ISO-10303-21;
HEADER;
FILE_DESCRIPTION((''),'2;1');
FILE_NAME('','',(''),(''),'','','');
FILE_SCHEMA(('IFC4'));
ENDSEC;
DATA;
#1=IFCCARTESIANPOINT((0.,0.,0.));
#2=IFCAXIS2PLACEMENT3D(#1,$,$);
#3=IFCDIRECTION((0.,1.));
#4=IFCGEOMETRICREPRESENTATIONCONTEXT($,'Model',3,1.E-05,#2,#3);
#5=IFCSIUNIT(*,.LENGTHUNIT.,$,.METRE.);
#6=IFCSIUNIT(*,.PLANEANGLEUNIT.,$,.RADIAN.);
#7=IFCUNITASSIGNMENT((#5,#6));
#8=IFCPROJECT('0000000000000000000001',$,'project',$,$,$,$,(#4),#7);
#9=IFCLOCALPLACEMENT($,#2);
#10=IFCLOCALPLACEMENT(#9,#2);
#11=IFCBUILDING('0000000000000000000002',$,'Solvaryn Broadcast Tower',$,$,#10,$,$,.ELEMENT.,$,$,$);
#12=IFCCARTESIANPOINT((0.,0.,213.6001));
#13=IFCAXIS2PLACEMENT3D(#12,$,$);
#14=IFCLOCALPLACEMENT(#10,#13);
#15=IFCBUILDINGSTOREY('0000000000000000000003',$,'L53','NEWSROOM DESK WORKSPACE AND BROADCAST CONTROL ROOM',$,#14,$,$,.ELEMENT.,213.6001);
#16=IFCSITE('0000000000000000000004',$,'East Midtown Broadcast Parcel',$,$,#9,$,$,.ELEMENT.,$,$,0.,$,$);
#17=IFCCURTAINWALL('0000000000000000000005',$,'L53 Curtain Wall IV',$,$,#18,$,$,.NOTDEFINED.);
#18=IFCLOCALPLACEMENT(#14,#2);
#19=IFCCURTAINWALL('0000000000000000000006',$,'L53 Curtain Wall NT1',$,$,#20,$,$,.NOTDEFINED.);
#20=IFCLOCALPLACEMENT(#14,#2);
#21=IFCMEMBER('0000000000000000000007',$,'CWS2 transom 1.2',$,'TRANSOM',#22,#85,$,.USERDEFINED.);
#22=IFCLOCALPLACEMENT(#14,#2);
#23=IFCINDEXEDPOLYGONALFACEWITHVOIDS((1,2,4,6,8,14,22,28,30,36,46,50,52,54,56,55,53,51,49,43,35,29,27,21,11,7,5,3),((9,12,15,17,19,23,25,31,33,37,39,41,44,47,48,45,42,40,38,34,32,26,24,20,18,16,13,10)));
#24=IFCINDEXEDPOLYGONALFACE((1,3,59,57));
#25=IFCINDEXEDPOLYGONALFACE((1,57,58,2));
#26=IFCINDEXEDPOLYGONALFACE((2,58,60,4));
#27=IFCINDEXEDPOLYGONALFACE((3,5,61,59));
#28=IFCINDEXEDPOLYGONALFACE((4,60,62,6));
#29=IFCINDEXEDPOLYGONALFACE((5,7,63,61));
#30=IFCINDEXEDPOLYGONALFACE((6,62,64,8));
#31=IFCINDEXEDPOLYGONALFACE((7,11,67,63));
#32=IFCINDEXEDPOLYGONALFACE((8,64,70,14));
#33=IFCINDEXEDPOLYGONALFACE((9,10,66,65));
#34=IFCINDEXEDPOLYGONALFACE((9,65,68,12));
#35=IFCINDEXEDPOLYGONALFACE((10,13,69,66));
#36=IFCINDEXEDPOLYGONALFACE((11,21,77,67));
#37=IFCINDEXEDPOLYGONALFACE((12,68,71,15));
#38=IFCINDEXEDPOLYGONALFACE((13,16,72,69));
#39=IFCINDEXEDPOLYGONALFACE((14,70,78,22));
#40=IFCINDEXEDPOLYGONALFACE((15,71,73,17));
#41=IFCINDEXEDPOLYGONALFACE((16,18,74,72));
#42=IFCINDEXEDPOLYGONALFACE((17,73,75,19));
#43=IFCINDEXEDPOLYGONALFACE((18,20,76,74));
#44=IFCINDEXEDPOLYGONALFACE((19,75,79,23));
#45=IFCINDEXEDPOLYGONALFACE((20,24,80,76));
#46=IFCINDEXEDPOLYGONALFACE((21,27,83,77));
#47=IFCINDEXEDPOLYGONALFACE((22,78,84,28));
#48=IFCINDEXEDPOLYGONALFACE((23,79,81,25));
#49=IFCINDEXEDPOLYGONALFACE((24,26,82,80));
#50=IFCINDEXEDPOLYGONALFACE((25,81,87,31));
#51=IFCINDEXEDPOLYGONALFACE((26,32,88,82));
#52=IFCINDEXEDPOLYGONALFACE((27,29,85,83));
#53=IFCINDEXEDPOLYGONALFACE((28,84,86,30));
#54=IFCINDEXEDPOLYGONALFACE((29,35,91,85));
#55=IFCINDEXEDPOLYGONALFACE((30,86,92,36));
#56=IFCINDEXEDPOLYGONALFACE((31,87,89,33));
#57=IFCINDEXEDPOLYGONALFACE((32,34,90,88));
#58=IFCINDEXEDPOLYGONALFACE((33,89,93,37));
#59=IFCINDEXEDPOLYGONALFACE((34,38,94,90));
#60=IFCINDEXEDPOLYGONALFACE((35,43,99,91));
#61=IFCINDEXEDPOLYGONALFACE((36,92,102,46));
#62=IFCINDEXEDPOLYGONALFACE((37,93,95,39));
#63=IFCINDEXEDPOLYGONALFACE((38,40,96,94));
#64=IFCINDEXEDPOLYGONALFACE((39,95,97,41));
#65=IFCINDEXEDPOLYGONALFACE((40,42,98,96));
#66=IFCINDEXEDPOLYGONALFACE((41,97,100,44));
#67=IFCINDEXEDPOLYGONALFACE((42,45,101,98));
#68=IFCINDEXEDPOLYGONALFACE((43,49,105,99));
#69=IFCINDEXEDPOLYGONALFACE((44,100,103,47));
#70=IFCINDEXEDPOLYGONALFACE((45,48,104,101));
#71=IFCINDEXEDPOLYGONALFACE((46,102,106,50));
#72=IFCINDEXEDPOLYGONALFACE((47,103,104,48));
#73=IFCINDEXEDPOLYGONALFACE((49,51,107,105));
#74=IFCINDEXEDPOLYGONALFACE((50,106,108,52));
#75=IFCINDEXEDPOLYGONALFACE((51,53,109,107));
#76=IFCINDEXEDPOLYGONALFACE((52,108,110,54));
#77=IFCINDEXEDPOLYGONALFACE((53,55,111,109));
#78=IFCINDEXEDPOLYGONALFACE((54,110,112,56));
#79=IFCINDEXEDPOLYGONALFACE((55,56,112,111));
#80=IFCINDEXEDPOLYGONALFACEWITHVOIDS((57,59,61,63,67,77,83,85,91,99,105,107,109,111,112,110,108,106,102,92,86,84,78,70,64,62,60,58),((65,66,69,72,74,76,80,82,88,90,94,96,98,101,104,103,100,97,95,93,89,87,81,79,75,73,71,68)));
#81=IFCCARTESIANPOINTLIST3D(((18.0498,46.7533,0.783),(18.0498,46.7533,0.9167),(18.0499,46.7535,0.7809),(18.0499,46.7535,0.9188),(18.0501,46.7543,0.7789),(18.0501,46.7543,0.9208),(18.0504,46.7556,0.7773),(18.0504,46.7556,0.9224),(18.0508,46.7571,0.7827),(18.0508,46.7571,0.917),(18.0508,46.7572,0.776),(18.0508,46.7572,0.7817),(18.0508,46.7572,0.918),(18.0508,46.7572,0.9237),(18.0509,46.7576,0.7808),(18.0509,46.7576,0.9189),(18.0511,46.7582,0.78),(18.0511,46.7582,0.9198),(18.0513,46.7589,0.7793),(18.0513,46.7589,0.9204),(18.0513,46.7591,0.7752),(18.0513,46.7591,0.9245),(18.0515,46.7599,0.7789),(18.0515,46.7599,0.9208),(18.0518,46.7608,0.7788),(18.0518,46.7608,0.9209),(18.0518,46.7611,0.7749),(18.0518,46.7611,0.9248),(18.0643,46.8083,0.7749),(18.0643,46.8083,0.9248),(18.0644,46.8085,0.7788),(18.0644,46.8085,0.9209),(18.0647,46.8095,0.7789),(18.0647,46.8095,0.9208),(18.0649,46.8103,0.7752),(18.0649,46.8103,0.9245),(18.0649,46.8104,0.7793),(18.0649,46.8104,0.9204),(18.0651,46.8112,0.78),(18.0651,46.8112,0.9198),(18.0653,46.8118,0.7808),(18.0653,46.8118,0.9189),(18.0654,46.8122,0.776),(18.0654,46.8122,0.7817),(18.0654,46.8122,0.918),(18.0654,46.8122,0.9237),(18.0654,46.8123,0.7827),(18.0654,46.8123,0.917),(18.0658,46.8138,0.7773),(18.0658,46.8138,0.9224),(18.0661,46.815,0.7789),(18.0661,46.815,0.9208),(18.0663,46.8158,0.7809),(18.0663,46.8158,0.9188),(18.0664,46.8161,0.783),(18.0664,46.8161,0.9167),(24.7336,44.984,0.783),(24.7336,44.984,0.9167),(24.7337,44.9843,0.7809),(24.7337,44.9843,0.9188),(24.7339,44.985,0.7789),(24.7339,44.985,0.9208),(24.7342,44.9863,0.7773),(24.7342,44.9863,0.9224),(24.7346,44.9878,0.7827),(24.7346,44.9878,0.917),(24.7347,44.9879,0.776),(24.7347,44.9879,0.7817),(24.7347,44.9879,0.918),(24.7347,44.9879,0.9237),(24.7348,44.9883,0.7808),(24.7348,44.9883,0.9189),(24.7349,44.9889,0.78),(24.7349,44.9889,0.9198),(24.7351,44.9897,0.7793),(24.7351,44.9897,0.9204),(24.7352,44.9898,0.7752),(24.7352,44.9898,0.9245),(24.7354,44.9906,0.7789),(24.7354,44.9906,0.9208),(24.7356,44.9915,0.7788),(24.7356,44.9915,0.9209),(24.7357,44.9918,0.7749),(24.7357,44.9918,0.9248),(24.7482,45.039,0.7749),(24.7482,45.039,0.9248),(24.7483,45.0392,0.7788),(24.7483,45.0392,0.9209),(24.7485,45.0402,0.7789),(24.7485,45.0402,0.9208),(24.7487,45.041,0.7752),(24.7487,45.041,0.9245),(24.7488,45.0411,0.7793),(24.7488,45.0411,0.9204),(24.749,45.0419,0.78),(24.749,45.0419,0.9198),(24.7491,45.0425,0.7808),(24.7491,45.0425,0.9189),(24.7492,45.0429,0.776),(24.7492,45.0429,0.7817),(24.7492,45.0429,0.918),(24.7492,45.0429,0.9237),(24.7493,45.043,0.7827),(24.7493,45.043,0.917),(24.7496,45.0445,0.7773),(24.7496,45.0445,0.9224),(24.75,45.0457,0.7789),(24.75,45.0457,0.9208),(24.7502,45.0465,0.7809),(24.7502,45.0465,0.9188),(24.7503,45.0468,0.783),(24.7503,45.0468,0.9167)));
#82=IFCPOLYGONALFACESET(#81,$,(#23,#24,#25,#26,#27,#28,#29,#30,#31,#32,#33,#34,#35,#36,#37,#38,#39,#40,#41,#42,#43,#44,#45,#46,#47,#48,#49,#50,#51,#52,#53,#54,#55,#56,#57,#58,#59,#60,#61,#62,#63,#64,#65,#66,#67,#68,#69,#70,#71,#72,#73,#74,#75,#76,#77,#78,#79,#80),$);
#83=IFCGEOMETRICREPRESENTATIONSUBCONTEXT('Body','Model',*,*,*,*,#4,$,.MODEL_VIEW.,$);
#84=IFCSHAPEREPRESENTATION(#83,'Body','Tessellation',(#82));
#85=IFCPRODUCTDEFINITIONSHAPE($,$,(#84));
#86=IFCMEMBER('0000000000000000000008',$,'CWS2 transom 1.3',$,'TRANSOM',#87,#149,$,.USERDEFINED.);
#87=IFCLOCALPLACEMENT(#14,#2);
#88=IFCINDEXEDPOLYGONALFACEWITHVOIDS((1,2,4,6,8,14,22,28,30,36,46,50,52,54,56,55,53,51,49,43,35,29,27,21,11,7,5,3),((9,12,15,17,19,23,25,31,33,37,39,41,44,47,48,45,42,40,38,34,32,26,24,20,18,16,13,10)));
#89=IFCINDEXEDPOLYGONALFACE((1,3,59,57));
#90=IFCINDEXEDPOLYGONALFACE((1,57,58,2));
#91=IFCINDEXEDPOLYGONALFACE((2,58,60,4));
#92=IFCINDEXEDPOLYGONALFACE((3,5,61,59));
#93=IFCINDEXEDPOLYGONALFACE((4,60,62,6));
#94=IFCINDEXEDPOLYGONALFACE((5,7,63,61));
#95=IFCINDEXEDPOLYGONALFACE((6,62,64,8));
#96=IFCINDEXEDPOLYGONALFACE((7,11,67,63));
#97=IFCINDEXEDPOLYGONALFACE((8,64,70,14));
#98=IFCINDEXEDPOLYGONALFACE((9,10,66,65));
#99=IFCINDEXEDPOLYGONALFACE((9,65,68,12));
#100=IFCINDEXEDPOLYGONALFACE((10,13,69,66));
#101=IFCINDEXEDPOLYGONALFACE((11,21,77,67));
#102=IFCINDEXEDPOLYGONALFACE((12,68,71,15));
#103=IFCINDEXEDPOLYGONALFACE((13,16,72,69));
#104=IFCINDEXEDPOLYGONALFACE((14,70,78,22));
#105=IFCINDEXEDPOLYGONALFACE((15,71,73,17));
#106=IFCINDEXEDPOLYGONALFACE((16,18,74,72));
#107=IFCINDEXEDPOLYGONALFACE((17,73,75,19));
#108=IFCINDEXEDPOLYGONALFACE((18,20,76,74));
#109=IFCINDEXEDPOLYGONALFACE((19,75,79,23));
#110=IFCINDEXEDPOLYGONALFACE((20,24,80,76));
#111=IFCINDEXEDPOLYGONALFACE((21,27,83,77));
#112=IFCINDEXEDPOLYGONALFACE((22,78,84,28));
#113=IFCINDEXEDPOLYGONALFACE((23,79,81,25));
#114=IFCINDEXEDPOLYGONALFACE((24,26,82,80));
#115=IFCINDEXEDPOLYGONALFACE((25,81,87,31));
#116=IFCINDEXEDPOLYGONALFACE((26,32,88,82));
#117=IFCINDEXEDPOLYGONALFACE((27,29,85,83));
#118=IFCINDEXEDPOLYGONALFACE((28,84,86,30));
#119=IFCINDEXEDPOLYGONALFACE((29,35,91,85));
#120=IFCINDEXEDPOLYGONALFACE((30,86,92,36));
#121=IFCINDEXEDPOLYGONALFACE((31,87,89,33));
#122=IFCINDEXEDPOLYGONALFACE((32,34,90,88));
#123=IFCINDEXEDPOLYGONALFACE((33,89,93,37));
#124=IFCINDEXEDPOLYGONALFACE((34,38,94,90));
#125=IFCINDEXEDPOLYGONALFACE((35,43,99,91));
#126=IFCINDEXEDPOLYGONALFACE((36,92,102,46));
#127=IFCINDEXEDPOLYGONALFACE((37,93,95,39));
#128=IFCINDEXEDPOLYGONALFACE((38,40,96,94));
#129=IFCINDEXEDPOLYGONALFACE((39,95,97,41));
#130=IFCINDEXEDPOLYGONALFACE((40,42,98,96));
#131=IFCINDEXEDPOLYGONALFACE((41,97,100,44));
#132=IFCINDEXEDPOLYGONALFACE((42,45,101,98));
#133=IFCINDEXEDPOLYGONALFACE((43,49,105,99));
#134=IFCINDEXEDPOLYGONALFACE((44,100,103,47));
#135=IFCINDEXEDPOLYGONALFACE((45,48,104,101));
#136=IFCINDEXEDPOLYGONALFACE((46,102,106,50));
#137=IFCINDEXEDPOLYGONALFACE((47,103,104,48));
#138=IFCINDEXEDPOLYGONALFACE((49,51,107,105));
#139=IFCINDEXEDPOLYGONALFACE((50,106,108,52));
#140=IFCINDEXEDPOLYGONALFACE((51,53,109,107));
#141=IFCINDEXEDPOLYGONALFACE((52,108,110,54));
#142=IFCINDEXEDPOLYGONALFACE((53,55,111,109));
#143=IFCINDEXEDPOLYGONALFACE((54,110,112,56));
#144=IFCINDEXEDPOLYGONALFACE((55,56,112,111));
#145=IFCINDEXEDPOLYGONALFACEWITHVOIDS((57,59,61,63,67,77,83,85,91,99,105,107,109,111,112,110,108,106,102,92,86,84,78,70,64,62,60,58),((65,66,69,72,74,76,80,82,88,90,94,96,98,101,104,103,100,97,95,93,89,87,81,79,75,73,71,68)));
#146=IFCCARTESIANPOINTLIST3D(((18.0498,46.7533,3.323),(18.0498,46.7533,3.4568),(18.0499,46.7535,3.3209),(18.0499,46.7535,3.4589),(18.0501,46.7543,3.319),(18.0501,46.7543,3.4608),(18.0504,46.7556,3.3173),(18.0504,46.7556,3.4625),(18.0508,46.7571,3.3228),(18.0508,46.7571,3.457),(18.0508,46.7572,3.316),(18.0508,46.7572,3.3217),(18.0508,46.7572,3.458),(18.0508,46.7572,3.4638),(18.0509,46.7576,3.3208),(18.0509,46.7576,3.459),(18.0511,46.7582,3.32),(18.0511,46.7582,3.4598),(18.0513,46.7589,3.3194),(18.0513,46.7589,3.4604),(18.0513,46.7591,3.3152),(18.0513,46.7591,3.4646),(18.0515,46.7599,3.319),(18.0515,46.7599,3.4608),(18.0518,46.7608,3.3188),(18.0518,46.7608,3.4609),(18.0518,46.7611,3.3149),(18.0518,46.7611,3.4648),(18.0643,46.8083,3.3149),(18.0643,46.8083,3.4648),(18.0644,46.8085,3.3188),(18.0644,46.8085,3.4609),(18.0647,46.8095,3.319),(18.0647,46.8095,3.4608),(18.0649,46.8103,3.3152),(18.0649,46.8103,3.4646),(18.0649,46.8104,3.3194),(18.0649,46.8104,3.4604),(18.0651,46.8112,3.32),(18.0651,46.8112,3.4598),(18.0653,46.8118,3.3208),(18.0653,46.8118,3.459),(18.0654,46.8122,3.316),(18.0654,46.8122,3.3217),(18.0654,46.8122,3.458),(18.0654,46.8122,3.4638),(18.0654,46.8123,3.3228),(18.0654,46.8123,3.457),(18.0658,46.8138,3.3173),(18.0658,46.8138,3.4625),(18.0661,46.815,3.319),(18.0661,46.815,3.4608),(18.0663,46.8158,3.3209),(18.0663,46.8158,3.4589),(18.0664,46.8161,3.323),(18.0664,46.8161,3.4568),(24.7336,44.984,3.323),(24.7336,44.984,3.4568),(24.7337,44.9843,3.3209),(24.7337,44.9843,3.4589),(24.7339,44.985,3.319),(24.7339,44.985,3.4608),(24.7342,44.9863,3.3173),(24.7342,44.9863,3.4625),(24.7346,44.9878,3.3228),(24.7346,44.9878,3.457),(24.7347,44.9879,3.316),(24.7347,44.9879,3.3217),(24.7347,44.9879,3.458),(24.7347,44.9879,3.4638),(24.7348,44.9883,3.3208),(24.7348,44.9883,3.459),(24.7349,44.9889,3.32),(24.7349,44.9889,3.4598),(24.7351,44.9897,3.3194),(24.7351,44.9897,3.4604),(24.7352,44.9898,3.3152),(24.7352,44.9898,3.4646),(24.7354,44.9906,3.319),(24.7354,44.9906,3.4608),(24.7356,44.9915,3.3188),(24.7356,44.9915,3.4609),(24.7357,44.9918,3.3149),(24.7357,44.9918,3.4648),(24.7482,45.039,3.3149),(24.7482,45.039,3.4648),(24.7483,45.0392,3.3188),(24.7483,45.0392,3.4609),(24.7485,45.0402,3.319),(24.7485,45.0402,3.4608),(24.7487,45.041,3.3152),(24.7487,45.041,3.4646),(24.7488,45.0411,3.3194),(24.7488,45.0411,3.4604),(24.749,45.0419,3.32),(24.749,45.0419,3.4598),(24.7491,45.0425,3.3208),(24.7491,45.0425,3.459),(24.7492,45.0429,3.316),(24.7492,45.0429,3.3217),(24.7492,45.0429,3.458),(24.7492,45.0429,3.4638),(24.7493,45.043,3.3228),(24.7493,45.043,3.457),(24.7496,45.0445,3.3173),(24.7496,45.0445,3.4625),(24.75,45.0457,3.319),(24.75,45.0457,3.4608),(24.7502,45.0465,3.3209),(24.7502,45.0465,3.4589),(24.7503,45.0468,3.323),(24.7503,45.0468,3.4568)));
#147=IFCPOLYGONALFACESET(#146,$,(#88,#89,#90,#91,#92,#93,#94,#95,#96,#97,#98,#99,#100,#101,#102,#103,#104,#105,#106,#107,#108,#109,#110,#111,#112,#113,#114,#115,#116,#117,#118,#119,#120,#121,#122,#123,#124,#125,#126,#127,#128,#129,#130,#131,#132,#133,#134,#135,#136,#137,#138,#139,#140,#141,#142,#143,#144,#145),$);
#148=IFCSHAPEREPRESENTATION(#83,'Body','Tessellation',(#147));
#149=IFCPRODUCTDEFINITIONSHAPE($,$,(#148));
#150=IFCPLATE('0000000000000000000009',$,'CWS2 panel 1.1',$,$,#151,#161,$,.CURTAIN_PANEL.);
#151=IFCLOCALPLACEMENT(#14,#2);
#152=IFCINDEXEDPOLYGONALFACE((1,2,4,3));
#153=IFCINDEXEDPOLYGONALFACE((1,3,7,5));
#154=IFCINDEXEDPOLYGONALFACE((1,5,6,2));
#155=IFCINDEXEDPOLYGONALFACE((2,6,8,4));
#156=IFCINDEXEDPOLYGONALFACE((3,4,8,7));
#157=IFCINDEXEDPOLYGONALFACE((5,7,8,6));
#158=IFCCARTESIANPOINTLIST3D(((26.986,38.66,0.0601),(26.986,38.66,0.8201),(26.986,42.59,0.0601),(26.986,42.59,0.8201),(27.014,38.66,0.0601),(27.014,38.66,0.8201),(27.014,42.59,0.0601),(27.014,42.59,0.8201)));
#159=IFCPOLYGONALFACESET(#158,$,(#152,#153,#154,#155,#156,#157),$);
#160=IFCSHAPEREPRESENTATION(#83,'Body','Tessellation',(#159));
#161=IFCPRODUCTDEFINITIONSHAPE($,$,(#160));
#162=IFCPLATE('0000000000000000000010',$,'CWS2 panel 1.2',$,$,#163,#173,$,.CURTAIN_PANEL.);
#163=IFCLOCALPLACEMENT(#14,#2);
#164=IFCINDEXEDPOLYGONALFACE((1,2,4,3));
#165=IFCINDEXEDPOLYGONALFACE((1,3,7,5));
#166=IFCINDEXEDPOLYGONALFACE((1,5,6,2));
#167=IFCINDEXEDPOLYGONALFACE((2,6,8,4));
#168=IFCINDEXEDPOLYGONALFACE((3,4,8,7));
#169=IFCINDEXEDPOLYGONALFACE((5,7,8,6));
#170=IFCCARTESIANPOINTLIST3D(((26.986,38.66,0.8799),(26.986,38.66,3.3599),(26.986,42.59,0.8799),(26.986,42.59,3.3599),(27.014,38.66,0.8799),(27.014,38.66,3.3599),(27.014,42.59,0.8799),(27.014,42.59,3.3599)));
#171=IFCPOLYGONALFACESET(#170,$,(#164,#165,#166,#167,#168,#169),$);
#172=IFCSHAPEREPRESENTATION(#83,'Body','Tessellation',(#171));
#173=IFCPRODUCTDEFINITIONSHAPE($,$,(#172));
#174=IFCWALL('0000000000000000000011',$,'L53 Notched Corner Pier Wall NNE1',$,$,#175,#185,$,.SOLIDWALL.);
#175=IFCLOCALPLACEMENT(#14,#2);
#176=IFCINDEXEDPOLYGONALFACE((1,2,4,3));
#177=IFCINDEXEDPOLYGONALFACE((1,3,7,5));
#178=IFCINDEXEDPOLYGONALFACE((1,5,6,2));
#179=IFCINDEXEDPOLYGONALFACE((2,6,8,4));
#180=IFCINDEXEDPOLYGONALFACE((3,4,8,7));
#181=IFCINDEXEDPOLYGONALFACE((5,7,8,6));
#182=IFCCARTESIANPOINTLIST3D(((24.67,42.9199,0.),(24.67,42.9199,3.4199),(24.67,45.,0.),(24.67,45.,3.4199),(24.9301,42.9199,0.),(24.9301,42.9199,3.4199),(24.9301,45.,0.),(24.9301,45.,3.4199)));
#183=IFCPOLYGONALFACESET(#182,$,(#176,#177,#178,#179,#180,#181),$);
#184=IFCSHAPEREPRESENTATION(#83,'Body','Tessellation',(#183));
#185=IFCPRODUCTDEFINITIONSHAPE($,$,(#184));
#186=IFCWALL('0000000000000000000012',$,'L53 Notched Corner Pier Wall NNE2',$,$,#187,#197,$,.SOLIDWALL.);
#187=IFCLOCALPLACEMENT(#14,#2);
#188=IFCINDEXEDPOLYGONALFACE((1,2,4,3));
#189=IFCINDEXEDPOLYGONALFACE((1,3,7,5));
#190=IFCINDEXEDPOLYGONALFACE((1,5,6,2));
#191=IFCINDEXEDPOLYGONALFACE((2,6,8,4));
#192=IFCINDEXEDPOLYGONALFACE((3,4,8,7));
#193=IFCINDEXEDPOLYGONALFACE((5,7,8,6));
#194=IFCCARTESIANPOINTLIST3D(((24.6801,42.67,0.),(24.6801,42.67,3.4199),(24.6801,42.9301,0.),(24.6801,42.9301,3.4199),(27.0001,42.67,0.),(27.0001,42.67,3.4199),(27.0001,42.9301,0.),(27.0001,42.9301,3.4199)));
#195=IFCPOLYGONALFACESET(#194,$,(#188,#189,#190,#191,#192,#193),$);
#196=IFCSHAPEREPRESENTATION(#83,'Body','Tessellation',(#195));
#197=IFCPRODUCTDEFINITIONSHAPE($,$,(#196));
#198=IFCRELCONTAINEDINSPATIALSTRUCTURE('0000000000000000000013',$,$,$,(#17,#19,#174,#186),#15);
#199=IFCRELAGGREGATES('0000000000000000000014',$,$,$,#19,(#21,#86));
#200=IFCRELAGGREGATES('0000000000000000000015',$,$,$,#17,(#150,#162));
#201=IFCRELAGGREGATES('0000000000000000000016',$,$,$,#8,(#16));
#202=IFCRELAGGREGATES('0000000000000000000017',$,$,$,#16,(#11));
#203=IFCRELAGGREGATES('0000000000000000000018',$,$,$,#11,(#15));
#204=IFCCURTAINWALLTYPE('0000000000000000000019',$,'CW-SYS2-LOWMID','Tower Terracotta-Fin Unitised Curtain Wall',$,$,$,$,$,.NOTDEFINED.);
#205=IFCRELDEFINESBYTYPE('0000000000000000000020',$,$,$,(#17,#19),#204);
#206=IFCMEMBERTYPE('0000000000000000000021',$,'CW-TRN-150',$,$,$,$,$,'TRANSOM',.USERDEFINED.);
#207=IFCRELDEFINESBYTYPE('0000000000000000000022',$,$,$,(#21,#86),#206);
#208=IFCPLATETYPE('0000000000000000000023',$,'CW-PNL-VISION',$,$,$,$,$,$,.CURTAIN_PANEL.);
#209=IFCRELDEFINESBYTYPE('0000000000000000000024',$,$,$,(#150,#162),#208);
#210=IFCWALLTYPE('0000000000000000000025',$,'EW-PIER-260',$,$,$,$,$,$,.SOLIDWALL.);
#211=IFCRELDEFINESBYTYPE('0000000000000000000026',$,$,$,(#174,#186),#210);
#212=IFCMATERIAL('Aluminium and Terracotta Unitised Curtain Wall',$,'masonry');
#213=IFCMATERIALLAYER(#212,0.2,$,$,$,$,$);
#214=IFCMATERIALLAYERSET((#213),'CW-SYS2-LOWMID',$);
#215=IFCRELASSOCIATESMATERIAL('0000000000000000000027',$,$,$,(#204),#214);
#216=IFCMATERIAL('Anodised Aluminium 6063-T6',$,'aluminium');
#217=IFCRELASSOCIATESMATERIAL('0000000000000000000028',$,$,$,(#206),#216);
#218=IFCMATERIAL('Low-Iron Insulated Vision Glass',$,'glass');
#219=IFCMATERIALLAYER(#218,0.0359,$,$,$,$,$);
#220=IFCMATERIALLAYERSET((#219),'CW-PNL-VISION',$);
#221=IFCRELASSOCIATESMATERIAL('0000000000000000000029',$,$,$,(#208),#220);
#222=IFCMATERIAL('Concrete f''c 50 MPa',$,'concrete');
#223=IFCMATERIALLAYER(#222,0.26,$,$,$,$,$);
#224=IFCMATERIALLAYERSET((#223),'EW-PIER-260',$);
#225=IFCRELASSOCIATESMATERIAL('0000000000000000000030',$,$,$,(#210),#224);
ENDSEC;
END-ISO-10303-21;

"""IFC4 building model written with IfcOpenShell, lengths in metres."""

from ifc_helpers import new_model, si_unit, direction, frame, frame_2d, origin, origin_2d, place, context, subcontext, project, spatial, rectangle, hollow_rectangle, extrude, material, layer, layer_set, material_profile, profile_set, type_object, element, aggregate, save


model = new_model("IFC4")

# Units and contexts
model_context = context("Model", 3, precision=1e-05, world=origin(), true_north=direction((0.0, 1.0)))
body_context = subcontext(model_context, "Body", "Model", "MODEL_VIEW")
ifc_project = project(units=[si_unit("LENGTHUNIT", "METRE"), si_unit("PLANEANGLEUNIT", "RADIAN")], contexts=[model_context])

# Site, building, storey
site_placement = place(None, origin())
site = spatial("IfcSite", under=ifc_project, at=site_placement, Name="East Midtown Broadcast Parcel", CompositionType="ELEMENT", RefElevation=0.0)
building_placement = place(site_placement, origin())
building = spatial("IfcBuilding", under=site, at=building_placement, Name="Solvaryn Broadcast Tower", CompositionType="ELEMENT")
storey_placement = place(building_placement, frame((0.0, 0.0, 213.6001)))
storey = spatial("IfcBuildingStorey", under=building, at=storey_placement, Name="L53", Description="NEWSROOM DESK WORKSPACE AND BROADCAST CONTROL ROOM", CompositionType="ELEMENT", Elevation=213.6001)

# Curtain wall
ifc_material_1 = material(Name="Aluminium and Terracotta Unitised Curtain Wall", Category="masonry")
ifc_layer_1 = layer(ifc_material_1, 0.2)
ifc_layer_set_1 = layer_set([ifc_layer_1], Name="CW-SYS2-LOWMID")
curtain_wall_type = type_object("IfcCurtainWallType", Name="CW-SYS2-LOWMID", Description="Tower Terracotta-Fin Unitised Curtain Wall", PredefinedType="NOTDEFINED", material=ifc_layer_set_1)
curtain_wall_1_placement = place(storey_placement, origin())
curtain_wall_1 = element("IfcCurtainWall", 1, at=curtain_wall_1_placement, inside=storey, type_object=curtain_wall_type, Name="L53 Curtain Wall IV", PredefinedType="NOTDEFINED")

# Curtain wall
curtain_wall_2_placement = place(storey_placement, origin())
curtain_wall_2 = element("IfcCurtainWall", 2, at=curtain_wall_2_placement, inside=storey, type_object=curtain_wall_type, Name="L53 Curtain Wall NT1", PredefinedType="NOTDEFINED")

# Members
ifc_material_2 = material(Name="Anodised Aluminium 6063-T6", Category="aluminium")
ifc_material_profile_1 = material_profile(ifc_material_2, hollow_rectangle(XDim=0.0649, YDim=0.1499, WallThickness=0.0039, InnerFilletRadius=0.0039, OuterFilletRadius=0.0081, at=origin_2d()))
ifc_profile_set_1 = profile_set([ifc_material_profile_1], Name="Anodised Aluminium 6063-T6")
member_type_1 = type_object("IfcMemberType", Name="CW-TRN-150", ElementType="TRANSOM", PredefinedType="USERDEFINED", material=ifc_profile_set_1)
member_1_placement = place(storey_placement, frame((24.7419, 45.0154, 0.8499), z_axis=(-0.966704, 0.255897, 0.0), x_axis=(-0.255897, -0.966704, 0.0)))
member_1 = element("IfcMember", 3, at=member_1_placement, type_object=member_type_1, Name="CWS2 transom 1.2", ObjectType="TRANSOM", PredefinedType="USERDEFINED", context=body_context, shape_type="SweptSolid", body=[
    extrude(hollow_rectangle(XDim=0.0649, YDim=0.1499, WallThickness=0.0039, InnerFilletRadius=0.0039, OuterFilletRadius=0.0081, at=origin_2d()), origin(), (0.0, 0.0, 1.0), 6.9141),
])
member_2_placement = place(storey_placement, frame((24.7419, 45.0154, 3.3899), z_axis=(-0.966704, 0.255897, 0.0), x_axis=(-0.255897, -0.966704, 0.0)))
member_2 = element("IfcMember", 4, at=member_2_placement, type_object=member_type_1, Name="CWS2 transom 1.3", ObjectType="TRANSOM", PredefinedType="USERDEFINED", context=body_context, shape_type="SweptSolid", body=[
    extrude(hollow_rectangle(XDim=0.0649, YDim=0.1499, WallThickness=0.0039, InnerFilletRadius=0.0039, OuterFilletRadius=0.0081, at=origin_2d()), origin(), (0.0, 0.0, 1.0), 6.9141),
])
aggregate(curtain_wall_2, [member_1, member_2])

# Plates
ifc_material_3 = material(Name="Low-Iron Insulated Vision Glass", Category="glass")
ifc_layer_2 = layer(ifc_material_3, 0.0359)
ifc_layer_set_2 = layer_set([ifc_layer_2], Name="CW-PNL-VISION")
plate_type = type_object("IfcPlateType", Name="CW-PNL-VISION", PredefinedType="CURTAIN_PANEL", material=ifc_layer_set_2)
plate_1_placement = place(storey_placement, frame((27.0, 40.625, 0.0601), z_axis=(0.0, 0.0, 1.0), x_axis=(0.0, -1.0, 0.0)))
plate_1 = element("IfcPlate", 5, at=plate_1_placement, type_object=plate_type, Name="CWS2 panel 1.1", PredefinedType="CURTAIN_PANEL", context=body_context, shape_type="SweptSolid", body=[
    extrude(rectangle(XDim=3.9299, YDim=0.0281, at=origin_2d()), origin(), (0.0, 0.0, 1.0), 0.76),
])
plate_2_placement = place(storey_placement, frame((27.0, 40.625, 0.8799), z_axis=(0.0, 0.0, 1.0), x_axis=(0.0, -1.0, 0.0)))
plate_2 = element("IfcPlate", 6, at=plate_2_placement, type_object=plate_type, Name="CWS2 panel 1.2", PredefinedType="CURTAIN_PANEL", context=body_context, shape_type="SweptSolid", body=[
    extrude(rectangle(XDim=3.9299, YDim=0.0281, at=origin_2d()), origin(), (0.0, 0.0, 1.0), 2.48),
])
aggregate(curtain_wall_1, [plate_1, plate_2])

# Walls
ifc_material_4 = material(Name="Concrete f'c 50 MPa", Category="concrete")
ifc_layer_3 = layer(ifc_material_4, 0.26)
ifc_layer_set_3 = layer_set([ifc_layer_3], Name="EW-PIER-260")
wall_type_1 = type_object("IfcWallType", Name="EW-PIER-260", PredefinedType="SOLIDWALL", material=ifc_layer_set_3)
wall_1_placement = place(storey_placement, frame((24.8, 45.0, 0.0), z_axis=(0.0, 0.0, 1.0), x_axis=(0.0, -1.0, 0.0)))
element("IfcWall", 7, at=wall_1_placement, inside=storey, type_object=wall_type_1, Name="L53 Notched Corner Pier Wall NNE1", PredefinedType="SOLIDWALL", context=body_context, shape_type="SweptSolid", body=[
    extrude(rectangle(XDim=2.0801, YDim=0.26, at=frame_2d((1.04, 0.0))), origin(), (0.0, 0.0, 1.0), 3.4199),
])
wall_2_placement = place(storey_placement, frame((24.6799, 42.8, 0.0), z_axis=(0.0, 0.0, 1.0), x_axis=(1.0, 0.0, 0.0)))
element("IfcWall", 8, at=wall_2_placement, inside=storey, type_object=wall_type_1, Name="L53 Notched Corner Pier Wall NNE2", PredefinedType="SOLIDWALL", context=body_context, shape_type="SweptSolid", body=[
    extrude(rectangle(XDim=2.3201, YDim=0.26, at=frame_2d((1.1602, 0.0))), origin(), (0.0, 0.0, 1.0), 3.4199),
])

save(model, "model.ifc")
